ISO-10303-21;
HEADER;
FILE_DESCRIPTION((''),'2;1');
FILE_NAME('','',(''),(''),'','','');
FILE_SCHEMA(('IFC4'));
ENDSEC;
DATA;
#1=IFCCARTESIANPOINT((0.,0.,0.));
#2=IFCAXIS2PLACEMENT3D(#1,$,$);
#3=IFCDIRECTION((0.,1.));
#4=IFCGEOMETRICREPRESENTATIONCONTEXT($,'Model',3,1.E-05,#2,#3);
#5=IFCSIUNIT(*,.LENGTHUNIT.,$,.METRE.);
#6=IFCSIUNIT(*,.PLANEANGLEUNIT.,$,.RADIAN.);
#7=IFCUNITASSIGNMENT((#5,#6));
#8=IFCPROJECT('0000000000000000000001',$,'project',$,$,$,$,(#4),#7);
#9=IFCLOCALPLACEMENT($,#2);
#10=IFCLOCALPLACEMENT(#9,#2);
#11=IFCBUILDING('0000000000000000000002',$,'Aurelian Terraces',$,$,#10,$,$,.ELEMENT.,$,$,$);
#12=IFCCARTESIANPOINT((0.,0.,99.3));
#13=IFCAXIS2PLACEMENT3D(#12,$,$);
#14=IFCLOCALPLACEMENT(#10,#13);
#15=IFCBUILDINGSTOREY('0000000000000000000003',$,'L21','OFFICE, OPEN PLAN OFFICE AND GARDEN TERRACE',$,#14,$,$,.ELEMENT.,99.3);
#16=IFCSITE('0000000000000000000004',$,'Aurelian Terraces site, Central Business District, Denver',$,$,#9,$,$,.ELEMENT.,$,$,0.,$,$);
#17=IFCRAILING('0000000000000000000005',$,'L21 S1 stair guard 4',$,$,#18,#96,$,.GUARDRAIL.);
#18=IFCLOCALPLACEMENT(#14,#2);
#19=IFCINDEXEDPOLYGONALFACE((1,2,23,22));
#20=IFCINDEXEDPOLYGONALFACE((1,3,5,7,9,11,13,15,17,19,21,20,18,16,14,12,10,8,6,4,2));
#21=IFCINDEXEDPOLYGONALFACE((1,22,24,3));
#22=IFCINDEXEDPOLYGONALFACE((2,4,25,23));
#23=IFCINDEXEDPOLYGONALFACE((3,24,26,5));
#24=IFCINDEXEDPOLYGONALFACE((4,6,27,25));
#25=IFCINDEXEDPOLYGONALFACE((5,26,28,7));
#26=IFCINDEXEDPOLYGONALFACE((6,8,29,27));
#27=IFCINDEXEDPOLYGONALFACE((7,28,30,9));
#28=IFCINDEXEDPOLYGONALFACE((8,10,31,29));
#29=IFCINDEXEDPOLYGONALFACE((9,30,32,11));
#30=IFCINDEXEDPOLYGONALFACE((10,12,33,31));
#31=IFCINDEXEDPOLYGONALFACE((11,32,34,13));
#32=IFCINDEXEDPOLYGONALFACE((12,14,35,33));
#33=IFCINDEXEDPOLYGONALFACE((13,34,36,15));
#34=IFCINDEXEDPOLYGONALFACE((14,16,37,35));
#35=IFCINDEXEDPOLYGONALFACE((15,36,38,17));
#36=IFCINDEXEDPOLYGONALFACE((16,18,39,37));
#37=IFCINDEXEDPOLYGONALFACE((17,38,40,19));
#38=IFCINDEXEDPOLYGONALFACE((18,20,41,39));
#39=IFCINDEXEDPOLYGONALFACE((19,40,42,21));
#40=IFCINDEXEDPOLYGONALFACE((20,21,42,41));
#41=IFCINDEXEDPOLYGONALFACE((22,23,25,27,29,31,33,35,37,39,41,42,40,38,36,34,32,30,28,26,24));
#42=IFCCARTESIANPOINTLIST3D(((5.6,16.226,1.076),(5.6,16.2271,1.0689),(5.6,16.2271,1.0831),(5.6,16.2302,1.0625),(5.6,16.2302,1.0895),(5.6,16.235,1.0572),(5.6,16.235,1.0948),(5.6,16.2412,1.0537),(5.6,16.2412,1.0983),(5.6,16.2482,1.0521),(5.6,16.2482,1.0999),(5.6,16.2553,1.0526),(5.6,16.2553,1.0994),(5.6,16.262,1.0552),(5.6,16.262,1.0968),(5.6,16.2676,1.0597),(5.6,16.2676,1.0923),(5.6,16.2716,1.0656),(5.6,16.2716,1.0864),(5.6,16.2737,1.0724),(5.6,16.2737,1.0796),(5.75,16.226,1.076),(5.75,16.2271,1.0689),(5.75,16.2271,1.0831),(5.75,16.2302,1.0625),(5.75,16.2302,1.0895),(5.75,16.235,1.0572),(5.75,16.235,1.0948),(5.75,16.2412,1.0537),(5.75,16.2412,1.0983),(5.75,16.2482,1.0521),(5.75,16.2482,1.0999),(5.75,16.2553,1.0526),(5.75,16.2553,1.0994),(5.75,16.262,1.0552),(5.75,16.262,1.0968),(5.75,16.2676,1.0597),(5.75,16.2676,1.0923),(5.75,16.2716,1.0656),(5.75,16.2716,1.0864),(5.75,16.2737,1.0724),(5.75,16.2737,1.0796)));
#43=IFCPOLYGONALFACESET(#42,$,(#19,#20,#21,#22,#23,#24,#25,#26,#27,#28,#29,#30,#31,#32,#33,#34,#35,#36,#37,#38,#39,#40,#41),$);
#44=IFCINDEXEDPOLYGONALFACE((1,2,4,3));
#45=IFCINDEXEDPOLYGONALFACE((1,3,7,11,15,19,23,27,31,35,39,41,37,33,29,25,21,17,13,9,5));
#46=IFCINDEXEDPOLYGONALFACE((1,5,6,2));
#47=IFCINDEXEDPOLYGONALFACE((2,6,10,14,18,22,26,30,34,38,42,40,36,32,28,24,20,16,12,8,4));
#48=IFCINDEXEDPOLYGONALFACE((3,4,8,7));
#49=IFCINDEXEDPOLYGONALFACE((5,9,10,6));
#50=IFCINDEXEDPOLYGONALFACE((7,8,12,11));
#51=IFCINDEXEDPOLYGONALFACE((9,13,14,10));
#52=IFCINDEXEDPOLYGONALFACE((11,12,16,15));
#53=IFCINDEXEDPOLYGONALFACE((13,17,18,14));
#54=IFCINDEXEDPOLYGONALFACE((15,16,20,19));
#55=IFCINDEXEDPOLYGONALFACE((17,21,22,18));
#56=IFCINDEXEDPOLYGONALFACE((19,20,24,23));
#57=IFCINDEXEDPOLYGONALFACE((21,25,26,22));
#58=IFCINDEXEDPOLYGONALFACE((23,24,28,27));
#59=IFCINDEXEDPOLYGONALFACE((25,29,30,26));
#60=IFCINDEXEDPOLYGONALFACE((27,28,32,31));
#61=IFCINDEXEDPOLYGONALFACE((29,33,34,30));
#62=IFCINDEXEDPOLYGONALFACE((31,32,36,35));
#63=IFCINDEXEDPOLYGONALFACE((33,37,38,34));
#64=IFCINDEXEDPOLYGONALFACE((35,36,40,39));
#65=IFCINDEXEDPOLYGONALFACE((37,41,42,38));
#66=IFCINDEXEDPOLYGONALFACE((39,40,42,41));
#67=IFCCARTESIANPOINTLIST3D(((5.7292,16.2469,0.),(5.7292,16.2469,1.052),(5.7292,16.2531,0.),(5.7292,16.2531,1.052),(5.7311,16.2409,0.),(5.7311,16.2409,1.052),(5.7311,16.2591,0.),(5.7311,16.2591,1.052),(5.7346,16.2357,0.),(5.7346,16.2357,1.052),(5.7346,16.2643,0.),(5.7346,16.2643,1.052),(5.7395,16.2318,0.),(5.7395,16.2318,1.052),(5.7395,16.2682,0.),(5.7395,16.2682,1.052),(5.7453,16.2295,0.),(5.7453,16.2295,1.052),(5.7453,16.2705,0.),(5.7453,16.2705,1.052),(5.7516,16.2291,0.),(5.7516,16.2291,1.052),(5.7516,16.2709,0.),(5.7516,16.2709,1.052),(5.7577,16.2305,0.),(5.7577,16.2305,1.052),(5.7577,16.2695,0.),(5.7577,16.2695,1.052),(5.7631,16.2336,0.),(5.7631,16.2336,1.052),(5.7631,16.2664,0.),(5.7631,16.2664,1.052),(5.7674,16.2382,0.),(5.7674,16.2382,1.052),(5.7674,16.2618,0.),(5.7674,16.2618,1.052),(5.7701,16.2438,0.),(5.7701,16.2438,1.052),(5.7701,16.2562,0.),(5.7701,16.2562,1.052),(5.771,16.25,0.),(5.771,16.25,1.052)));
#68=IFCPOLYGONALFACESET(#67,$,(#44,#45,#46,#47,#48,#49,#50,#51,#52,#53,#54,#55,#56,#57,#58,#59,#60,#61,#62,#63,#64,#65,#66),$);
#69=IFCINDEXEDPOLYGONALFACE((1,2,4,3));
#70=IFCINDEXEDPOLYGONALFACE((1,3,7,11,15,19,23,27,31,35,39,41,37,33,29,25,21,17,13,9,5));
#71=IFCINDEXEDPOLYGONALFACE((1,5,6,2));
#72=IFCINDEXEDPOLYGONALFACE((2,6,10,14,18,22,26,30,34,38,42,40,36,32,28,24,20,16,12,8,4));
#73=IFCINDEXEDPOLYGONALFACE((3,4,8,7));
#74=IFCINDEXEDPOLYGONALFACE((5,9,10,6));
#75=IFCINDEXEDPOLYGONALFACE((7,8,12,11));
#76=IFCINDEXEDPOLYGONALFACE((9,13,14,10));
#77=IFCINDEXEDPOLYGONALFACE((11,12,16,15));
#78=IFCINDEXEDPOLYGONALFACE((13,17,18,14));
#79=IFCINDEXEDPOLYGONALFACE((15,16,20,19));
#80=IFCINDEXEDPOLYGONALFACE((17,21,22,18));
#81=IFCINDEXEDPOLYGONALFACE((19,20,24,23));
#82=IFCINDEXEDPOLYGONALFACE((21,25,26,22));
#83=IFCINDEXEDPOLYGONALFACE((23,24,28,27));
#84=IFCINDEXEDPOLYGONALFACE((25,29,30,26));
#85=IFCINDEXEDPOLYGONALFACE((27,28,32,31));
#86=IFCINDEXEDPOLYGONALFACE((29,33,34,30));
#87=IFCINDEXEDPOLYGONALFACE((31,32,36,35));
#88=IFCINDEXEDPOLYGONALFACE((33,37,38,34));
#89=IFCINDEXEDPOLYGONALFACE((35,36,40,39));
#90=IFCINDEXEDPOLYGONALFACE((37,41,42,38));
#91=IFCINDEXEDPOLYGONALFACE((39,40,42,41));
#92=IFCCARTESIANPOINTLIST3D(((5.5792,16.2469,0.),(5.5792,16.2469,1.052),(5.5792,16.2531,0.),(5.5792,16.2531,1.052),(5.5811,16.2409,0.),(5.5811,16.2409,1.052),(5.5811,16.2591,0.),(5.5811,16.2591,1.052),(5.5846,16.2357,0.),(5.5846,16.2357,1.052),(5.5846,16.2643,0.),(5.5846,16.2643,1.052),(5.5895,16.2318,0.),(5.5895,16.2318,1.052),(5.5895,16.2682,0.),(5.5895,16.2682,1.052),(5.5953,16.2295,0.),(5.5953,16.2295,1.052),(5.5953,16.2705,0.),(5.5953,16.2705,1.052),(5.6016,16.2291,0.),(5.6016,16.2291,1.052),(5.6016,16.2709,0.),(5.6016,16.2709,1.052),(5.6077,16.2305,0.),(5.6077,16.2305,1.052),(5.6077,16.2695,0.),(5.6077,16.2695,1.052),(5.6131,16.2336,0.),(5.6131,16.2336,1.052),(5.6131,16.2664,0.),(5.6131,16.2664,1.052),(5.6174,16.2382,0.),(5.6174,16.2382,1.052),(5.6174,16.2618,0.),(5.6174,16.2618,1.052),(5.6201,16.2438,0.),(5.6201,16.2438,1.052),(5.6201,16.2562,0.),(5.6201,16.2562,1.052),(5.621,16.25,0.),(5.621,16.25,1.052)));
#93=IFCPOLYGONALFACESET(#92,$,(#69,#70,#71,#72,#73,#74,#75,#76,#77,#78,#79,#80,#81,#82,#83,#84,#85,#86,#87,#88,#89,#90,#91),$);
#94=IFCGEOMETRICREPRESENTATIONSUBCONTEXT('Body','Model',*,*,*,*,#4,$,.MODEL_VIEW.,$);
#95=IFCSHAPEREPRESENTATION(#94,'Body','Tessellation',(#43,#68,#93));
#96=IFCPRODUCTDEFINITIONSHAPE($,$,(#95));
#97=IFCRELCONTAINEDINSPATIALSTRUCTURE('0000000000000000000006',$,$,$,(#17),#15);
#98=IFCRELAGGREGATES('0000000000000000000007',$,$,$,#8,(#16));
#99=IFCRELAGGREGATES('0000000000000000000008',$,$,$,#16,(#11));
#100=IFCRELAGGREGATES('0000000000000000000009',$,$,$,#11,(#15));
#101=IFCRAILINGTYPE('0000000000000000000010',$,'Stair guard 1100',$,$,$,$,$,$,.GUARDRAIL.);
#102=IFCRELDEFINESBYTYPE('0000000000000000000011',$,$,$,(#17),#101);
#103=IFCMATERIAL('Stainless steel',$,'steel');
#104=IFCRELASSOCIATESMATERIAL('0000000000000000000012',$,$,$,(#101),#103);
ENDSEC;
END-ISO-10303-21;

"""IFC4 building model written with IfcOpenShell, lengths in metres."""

from ifc_helpers import new_model, si_unit, direction, frame, origin, origin_2d, place, context, subcontext, project, spatial, circle, extrude, source, transform, mapped, material, type_object, element, save


model = new_model("IFC4")

# Units and contexts
model_context = context("Model", 3, precision=1e-05, world=origin(), true_north=direction((0.0, 1.0)))
body_context = subcontext(model_context, "Body", "Model", "MODEL_VIEW")
ifc_project = project(units=[si_unit("LENGTHUNIT", "METRE"), si_unit("PLANEANGLEUNIT", "RADIAN")], contexts=[model_context])

# Site, building, storey
site_placement = place(None, origin())
site = spatial("IfcSite", under=ifc_project, at=site_placement, Name="Aurelian Terraces site, Central Business District, Denver", CompositionType="ELEMENT", RefElevation=0.0)
building_placement = place(site_placement, origin())
building = spatial("IfcBuilding", under=site, at=building_placement, Name="Aurelian Terraces", CompositionType="ELEMENT")
storey_placement = place(building_placement, frame((0.0, 0.0, 99.3)))
storey = spatial("IfcBuildingStorey", under=building, at=storey_placement, Name="L21", Description="OFFICE, OPEN PLAN OFFICE AND GARDEN TERRACE", CompositionType="ELEMENT", Elevation=99.3)

# Shared definitions
ifc_material_1 = material(Name="Stainless steel", Category="steel")

# Railing
railing_type_1 = type_object("IfcRailingType", Name="Stair guard 1100", PredefinedType="GUARDRAIL", material=ifc_material_1)
shared_shape_1 = source(origin(), body_context, "Body", "SweptSolid", [
    extrude(circle(Radius=0.024, at=origin_2d()), frame((0.0, 0.0, 1.076), z_axis=(-1.0, 0.0, 0.0), x_axis=(0.0, -1.0, 0.0)), (0.0, 0.0, 1.0), 0.15),
    extrude(circle(Radius=0.021, at=origin_2d()), origin(), (0.0, 0.0, 1.0), 1.052),
    extrude(circle(Radius=0.021, at=origin_2d()), frame((-0.15, 0.0, 0.0)), (0.0, 0.0, 1.0), 1.052),
])
railing_1_placement = place(storey_placement, frame((5.75, 16.25, 0.0)))
element("IfcRailing", 1, at=railing_1_placement, inside=storey, type_object=railing_type_1, Name="L21 S1 stair guard 4", PredefinedType="GUARDRAIL", context=body_context, shape_type="MappedRepresentation", body=[
    mapped(shared_shape_1, transform((0.0, 0.0, 0.0), scale=1.0)),
])

save(model, "model.ifc")
